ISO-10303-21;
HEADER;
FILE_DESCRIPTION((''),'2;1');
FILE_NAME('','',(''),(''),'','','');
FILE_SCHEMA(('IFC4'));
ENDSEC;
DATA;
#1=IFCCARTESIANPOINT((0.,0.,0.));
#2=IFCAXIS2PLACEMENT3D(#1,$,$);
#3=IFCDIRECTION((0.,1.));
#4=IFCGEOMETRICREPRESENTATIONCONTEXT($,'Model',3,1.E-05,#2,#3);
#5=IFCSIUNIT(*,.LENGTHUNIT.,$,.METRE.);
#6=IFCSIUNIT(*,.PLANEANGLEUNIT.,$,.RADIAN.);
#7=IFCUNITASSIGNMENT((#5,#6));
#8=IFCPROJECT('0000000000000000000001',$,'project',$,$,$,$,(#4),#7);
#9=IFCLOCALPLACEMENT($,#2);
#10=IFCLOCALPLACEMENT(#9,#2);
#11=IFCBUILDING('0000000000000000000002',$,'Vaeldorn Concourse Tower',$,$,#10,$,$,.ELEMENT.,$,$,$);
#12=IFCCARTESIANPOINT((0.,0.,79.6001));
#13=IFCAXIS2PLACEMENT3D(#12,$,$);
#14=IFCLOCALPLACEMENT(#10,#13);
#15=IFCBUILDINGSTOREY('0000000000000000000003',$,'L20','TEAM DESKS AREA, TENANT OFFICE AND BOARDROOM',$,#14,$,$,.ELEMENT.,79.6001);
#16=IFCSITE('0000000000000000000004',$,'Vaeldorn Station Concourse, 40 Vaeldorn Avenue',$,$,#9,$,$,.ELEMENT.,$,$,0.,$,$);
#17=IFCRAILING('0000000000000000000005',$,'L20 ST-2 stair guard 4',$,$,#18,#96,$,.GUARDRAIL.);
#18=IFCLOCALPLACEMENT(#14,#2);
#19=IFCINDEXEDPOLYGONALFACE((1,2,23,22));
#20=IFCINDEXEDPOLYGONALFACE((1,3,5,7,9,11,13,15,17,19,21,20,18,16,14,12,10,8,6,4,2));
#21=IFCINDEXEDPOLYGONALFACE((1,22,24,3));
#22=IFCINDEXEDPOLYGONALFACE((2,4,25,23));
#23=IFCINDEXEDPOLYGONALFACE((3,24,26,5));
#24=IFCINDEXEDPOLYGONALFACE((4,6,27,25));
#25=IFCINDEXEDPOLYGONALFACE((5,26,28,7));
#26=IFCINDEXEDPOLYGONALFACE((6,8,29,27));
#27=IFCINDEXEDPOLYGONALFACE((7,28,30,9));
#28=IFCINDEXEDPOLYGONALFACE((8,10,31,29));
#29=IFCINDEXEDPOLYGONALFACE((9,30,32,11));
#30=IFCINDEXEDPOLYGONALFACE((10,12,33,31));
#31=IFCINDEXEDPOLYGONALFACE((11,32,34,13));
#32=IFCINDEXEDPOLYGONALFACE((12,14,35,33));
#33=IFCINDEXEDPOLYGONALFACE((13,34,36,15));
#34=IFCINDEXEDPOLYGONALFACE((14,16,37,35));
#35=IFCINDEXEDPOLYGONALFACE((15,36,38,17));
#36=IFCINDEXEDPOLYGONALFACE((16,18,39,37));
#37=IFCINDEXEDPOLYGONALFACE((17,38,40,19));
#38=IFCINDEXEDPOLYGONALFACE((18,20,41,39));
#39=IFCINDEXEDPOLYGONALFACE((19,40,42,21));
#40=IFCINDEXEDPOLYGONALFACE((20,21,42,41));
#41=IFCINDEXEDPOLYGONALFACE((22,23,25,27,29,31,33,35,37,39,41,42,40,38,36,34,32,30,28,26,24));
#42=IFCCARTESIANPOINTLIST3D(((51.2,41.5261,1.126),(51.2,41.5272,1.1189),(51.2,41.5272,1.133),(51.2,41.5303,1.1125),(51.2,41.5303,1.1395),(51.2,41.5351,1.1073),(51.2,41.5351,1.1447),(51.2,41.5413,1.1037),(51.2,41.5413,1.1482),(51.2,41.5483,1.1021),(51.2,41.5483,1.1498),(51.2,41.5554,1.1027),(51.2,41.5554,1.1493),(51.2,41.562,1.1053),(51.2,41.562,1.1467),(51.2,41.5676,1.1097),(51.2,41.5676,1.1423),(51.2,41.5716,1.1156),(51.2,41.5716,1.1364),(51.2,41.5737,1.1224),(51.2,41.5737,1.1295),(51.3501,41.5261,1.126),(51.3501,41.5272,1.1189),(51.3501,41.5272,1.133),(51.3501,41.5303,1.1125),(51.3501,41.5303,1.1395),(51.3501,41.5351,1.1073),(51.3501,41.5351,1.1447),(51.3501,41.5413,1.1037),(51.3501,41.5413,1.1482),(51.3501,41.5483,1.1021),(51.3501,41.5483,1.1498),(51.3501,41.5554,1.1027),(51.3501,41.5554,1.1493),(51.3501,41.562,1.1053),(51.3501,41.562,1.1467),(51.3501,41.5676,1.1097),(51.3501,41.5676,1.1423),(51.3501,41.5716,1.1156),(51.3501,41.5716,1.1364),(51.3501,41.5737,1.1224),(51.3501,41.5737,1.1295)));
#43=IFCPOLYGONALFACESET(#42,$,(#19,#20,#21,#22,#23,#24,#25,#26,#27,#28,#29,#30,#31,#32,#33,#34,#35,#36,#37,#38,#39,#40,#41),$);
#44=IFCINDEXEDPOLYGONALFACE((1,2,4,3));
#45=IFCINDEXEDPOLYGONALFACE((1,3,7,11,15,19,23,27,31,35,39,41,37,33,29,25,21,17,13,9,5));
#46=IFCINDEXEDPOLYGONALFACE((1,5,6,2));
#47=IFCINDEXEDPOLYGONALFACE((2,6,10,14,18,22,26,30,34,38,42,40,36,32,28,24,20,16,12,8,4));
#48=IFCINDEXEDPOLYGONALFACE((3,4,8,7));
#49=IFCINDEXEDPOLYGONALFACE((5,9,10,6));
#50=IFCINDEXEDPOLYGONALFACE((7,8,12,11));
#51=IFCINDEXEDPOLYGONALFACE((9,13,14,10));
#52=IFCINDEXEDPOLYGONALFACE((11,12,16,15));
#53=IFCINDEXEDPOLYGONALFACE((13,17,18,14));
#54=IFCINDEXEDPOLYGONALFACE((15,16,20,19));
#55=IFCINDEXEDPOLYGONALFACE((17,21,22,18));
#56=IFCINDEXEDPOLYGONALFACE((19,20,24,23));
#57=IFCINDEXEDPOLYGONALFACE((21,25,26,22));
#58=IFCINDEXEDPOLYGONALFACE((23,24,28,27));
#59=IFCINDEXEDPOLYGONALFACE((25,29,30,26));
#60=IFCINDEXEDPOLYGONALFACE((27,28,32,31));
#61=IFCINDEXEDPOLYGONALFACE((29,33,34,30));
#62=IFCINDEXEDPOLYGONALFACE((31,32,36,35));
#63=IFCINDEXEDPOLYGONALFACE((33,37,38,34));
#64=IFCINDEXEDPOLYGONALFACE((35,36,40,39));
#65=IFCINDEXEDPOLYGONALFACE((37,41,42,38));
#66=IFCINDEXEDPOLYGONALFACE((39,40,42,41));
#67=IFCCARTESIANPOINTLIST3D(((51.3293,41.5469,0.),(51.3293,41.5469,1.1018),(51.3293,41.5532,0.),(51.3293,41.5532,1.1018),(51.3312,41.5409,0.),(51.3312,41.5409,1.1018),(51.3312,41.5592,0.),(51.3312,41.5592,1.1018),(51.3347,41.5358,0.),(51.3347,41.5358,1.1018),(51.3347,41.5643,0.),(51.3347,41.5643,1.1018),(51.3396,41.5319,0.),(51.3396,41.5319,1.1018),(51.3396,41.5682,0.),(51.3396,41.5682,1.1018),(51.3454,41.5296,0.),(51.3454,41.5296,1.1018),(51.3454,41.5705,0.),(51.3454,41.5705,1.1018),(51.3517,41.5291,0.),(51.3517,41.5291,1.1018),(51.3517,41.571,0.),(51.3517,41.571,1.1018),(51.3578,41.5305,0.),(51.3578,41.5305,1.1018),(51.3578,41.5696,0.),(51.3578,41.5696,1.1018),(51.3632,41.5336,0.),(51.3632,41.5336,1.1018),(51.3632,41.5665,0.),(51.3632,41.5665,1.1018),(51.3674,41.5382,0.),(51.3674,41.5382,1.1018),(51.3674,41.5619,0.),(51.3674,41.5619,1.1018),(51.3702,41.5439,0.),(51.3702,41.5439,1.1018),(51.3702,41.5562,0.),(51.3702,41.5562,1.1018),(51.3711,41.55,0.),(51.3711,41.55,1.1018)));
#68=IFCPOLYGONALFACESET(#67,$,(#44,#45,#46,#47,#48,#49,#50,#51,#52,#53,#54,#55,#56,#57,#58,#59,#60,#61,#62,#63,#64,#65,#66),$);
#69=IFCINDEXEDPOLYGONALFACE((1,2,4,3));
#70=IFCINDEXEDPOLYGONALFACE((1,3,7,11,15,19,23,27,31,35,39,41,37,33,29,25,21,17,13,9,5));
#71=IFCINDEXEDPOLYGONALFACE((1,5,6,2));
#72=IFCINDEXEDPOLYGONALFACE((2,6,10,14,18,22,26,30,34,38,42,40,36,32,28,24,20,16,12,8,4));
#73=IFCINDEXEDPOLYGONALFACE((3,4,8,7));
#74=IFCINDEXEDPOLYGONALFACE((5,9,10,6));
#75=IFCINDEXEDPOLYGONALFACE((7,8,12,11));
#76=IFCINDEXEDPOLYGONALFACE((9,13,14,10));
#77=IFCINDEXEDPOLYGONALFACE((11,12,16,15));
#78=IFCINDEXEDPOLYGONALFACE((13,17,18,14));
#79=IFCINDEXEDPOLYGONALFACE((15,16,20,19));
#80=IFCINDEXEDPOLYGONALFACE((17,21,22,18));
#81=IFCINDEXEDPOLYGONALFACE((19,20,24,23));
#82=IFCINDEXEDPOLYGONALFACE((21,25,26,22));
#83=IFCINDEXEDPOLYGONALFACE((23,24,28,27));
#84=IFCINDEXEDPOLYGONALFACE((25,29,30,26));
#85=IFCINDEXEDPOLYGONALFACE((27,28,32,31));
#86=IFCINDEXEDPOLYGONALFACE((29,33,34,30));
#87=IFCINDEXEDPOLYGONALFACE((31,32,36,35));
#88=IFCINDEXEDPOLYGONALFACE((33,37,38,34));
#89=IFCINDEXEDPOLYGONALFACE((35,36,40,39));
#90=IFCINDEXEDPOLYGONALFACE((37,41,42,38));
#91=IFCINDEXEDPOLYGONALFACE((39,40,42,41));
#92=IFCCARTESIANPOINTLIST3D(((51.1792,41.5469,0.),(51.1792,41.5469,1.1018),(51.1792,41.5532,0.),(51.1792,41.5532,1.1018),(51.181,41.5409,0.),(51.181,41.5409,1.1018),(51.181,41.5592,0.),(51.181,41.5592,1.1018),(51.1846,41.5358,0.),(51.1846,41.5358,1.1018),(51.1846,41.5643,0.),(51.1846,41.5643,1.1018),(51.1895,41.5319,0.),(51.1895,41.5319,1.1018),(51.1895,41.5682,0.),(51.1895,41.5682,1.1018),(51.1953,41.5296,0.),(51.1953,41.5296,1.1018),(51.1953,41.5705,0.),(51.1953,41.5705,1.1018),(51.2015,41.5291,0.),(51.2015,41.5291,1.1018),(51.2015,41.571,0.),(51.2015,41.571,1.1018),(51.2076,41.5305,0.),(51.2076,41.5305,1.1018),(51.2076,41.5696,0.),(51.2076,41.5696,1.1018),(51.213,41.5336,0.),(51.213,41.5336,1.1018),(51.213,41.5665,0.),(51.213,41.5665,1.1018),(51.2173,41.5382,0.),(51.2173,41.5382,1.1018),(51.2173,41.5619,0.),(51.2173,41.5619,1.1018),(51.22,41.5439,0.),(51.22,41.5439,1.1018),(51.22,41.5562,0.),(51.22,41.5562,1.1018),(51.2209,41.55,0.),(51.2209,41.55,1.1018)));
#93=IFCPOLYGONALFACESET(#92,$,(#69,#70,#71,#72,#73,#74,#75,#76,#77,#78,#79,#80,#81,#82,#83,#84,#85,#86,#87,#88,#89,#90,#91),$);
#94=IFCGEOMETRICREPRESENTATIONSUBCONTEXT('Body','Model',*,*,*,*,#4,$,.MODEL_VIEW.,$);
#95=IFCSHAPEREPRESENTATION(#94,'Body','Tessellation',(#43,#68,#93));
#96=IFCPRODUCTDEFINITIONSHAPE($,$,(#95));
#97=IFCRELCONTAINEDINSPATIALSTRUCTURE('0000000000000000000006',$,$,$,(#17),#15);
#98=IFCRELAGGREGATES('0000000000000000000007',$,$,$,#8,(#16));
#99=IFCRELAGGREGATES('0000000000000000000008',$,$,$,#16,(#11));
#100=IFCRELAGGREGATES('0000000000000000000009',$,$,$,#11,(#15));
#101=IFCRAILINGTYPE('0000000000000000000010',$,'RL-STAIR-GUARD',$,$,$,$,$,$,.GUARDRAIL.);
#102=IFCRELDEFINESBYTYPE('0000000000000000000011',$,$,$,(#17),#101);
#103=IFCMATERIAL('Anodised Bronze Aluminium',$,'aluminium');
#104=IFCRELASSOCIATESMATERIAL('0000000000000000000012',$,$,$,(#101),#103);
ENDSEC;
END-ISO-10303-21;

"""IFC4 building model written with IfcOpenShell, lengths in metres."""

from ifc_helpers import new_model, si_unit, direction, frame, origin, origin_2d, place, context, subcontext, project, spatial, circle, extrude, material, type_object, element, save


model = new_model("IFC4")

# Units and contexts
model_context = context("Model", 3, precision=1e-05, world=origin(), true_north=direction((0.0, 1.0)))
body_context = subcontext(model_context, "Body", "Model", "MODEL_VIEW")
ifc_project = project(units=[si_unit("LENGTHUNIT", "METRE"), si_unit("PLANEANGLEUNIT", "RADIAN")], contexts=[model_context])

# Site, building, storey
site_placement = place(None, origin())
site = spatial("IfcSite", under=ifc_project, at=site_placement, Name="Vaeldorn Station Concourse, 40 Vaeldorn Avenue", CompositionType="ELEMENT", RefElevation=0.0)
building_placement = place(site_placement, origin())
building = spatial("IfcBuilding", under=site, at=building_placement, Name="Vaeldorn Concourse Tower", CompositionType="ELEMENT")
storey_placement = place(building_placement, frame((0.0, 0.0, 79.6001)))
storey = spatial("IfcBuildingStorey", under=building, at=storey_placement, Name="L20", Description="TEAM DESKS AREA, TENANT OFFICE AND BOARDROOM", CompositionType="ELEMENT", Elevation=79.6001)

# Shared definitions
ifc_material_1 = material(Name="Anodised Bronze Aluminium", Category="aluminium")

# Railing
railing_type_1 = type_object("IfcRailingType", Name="RL-STAIR-GUARD", PredefinedType="GUARDRAIL", material=ifc_material_1)
railing_1_placement = place(storey_placement, frame((51.3501, 41.55, 0.0)))
element("IfcRailing", 1, at=railing_1_placement, inside=storey, type_object=railing_type_1, Name="L20 ST-2 stair guard 4", PredefinedType="GUARDRAIL", context=body_context, shape_type="SweptSolid", body=[
    extrude(circle(Radius=0.0239, at=origin_2d()), frame((0.0, 0.0, 1.126), z_axis=(-1.0, 0.0, 0.0), x_axis=(0.0, -1.0, 0.0)), (0.0, 0.0, 1.0), 0.1501),
    extrude(circle(Radius=0.021, at=origin_2d()), origin(), (0.0, 0.0, 1.0), 1.1018),
    extrude(circle(Radius=0.021, at=origin_2d()), frame((-0.1501, 0.0, 0.0)), (0.0, 0.0, 1.0), 1.1018),
])

save(model, "model.ifc")
